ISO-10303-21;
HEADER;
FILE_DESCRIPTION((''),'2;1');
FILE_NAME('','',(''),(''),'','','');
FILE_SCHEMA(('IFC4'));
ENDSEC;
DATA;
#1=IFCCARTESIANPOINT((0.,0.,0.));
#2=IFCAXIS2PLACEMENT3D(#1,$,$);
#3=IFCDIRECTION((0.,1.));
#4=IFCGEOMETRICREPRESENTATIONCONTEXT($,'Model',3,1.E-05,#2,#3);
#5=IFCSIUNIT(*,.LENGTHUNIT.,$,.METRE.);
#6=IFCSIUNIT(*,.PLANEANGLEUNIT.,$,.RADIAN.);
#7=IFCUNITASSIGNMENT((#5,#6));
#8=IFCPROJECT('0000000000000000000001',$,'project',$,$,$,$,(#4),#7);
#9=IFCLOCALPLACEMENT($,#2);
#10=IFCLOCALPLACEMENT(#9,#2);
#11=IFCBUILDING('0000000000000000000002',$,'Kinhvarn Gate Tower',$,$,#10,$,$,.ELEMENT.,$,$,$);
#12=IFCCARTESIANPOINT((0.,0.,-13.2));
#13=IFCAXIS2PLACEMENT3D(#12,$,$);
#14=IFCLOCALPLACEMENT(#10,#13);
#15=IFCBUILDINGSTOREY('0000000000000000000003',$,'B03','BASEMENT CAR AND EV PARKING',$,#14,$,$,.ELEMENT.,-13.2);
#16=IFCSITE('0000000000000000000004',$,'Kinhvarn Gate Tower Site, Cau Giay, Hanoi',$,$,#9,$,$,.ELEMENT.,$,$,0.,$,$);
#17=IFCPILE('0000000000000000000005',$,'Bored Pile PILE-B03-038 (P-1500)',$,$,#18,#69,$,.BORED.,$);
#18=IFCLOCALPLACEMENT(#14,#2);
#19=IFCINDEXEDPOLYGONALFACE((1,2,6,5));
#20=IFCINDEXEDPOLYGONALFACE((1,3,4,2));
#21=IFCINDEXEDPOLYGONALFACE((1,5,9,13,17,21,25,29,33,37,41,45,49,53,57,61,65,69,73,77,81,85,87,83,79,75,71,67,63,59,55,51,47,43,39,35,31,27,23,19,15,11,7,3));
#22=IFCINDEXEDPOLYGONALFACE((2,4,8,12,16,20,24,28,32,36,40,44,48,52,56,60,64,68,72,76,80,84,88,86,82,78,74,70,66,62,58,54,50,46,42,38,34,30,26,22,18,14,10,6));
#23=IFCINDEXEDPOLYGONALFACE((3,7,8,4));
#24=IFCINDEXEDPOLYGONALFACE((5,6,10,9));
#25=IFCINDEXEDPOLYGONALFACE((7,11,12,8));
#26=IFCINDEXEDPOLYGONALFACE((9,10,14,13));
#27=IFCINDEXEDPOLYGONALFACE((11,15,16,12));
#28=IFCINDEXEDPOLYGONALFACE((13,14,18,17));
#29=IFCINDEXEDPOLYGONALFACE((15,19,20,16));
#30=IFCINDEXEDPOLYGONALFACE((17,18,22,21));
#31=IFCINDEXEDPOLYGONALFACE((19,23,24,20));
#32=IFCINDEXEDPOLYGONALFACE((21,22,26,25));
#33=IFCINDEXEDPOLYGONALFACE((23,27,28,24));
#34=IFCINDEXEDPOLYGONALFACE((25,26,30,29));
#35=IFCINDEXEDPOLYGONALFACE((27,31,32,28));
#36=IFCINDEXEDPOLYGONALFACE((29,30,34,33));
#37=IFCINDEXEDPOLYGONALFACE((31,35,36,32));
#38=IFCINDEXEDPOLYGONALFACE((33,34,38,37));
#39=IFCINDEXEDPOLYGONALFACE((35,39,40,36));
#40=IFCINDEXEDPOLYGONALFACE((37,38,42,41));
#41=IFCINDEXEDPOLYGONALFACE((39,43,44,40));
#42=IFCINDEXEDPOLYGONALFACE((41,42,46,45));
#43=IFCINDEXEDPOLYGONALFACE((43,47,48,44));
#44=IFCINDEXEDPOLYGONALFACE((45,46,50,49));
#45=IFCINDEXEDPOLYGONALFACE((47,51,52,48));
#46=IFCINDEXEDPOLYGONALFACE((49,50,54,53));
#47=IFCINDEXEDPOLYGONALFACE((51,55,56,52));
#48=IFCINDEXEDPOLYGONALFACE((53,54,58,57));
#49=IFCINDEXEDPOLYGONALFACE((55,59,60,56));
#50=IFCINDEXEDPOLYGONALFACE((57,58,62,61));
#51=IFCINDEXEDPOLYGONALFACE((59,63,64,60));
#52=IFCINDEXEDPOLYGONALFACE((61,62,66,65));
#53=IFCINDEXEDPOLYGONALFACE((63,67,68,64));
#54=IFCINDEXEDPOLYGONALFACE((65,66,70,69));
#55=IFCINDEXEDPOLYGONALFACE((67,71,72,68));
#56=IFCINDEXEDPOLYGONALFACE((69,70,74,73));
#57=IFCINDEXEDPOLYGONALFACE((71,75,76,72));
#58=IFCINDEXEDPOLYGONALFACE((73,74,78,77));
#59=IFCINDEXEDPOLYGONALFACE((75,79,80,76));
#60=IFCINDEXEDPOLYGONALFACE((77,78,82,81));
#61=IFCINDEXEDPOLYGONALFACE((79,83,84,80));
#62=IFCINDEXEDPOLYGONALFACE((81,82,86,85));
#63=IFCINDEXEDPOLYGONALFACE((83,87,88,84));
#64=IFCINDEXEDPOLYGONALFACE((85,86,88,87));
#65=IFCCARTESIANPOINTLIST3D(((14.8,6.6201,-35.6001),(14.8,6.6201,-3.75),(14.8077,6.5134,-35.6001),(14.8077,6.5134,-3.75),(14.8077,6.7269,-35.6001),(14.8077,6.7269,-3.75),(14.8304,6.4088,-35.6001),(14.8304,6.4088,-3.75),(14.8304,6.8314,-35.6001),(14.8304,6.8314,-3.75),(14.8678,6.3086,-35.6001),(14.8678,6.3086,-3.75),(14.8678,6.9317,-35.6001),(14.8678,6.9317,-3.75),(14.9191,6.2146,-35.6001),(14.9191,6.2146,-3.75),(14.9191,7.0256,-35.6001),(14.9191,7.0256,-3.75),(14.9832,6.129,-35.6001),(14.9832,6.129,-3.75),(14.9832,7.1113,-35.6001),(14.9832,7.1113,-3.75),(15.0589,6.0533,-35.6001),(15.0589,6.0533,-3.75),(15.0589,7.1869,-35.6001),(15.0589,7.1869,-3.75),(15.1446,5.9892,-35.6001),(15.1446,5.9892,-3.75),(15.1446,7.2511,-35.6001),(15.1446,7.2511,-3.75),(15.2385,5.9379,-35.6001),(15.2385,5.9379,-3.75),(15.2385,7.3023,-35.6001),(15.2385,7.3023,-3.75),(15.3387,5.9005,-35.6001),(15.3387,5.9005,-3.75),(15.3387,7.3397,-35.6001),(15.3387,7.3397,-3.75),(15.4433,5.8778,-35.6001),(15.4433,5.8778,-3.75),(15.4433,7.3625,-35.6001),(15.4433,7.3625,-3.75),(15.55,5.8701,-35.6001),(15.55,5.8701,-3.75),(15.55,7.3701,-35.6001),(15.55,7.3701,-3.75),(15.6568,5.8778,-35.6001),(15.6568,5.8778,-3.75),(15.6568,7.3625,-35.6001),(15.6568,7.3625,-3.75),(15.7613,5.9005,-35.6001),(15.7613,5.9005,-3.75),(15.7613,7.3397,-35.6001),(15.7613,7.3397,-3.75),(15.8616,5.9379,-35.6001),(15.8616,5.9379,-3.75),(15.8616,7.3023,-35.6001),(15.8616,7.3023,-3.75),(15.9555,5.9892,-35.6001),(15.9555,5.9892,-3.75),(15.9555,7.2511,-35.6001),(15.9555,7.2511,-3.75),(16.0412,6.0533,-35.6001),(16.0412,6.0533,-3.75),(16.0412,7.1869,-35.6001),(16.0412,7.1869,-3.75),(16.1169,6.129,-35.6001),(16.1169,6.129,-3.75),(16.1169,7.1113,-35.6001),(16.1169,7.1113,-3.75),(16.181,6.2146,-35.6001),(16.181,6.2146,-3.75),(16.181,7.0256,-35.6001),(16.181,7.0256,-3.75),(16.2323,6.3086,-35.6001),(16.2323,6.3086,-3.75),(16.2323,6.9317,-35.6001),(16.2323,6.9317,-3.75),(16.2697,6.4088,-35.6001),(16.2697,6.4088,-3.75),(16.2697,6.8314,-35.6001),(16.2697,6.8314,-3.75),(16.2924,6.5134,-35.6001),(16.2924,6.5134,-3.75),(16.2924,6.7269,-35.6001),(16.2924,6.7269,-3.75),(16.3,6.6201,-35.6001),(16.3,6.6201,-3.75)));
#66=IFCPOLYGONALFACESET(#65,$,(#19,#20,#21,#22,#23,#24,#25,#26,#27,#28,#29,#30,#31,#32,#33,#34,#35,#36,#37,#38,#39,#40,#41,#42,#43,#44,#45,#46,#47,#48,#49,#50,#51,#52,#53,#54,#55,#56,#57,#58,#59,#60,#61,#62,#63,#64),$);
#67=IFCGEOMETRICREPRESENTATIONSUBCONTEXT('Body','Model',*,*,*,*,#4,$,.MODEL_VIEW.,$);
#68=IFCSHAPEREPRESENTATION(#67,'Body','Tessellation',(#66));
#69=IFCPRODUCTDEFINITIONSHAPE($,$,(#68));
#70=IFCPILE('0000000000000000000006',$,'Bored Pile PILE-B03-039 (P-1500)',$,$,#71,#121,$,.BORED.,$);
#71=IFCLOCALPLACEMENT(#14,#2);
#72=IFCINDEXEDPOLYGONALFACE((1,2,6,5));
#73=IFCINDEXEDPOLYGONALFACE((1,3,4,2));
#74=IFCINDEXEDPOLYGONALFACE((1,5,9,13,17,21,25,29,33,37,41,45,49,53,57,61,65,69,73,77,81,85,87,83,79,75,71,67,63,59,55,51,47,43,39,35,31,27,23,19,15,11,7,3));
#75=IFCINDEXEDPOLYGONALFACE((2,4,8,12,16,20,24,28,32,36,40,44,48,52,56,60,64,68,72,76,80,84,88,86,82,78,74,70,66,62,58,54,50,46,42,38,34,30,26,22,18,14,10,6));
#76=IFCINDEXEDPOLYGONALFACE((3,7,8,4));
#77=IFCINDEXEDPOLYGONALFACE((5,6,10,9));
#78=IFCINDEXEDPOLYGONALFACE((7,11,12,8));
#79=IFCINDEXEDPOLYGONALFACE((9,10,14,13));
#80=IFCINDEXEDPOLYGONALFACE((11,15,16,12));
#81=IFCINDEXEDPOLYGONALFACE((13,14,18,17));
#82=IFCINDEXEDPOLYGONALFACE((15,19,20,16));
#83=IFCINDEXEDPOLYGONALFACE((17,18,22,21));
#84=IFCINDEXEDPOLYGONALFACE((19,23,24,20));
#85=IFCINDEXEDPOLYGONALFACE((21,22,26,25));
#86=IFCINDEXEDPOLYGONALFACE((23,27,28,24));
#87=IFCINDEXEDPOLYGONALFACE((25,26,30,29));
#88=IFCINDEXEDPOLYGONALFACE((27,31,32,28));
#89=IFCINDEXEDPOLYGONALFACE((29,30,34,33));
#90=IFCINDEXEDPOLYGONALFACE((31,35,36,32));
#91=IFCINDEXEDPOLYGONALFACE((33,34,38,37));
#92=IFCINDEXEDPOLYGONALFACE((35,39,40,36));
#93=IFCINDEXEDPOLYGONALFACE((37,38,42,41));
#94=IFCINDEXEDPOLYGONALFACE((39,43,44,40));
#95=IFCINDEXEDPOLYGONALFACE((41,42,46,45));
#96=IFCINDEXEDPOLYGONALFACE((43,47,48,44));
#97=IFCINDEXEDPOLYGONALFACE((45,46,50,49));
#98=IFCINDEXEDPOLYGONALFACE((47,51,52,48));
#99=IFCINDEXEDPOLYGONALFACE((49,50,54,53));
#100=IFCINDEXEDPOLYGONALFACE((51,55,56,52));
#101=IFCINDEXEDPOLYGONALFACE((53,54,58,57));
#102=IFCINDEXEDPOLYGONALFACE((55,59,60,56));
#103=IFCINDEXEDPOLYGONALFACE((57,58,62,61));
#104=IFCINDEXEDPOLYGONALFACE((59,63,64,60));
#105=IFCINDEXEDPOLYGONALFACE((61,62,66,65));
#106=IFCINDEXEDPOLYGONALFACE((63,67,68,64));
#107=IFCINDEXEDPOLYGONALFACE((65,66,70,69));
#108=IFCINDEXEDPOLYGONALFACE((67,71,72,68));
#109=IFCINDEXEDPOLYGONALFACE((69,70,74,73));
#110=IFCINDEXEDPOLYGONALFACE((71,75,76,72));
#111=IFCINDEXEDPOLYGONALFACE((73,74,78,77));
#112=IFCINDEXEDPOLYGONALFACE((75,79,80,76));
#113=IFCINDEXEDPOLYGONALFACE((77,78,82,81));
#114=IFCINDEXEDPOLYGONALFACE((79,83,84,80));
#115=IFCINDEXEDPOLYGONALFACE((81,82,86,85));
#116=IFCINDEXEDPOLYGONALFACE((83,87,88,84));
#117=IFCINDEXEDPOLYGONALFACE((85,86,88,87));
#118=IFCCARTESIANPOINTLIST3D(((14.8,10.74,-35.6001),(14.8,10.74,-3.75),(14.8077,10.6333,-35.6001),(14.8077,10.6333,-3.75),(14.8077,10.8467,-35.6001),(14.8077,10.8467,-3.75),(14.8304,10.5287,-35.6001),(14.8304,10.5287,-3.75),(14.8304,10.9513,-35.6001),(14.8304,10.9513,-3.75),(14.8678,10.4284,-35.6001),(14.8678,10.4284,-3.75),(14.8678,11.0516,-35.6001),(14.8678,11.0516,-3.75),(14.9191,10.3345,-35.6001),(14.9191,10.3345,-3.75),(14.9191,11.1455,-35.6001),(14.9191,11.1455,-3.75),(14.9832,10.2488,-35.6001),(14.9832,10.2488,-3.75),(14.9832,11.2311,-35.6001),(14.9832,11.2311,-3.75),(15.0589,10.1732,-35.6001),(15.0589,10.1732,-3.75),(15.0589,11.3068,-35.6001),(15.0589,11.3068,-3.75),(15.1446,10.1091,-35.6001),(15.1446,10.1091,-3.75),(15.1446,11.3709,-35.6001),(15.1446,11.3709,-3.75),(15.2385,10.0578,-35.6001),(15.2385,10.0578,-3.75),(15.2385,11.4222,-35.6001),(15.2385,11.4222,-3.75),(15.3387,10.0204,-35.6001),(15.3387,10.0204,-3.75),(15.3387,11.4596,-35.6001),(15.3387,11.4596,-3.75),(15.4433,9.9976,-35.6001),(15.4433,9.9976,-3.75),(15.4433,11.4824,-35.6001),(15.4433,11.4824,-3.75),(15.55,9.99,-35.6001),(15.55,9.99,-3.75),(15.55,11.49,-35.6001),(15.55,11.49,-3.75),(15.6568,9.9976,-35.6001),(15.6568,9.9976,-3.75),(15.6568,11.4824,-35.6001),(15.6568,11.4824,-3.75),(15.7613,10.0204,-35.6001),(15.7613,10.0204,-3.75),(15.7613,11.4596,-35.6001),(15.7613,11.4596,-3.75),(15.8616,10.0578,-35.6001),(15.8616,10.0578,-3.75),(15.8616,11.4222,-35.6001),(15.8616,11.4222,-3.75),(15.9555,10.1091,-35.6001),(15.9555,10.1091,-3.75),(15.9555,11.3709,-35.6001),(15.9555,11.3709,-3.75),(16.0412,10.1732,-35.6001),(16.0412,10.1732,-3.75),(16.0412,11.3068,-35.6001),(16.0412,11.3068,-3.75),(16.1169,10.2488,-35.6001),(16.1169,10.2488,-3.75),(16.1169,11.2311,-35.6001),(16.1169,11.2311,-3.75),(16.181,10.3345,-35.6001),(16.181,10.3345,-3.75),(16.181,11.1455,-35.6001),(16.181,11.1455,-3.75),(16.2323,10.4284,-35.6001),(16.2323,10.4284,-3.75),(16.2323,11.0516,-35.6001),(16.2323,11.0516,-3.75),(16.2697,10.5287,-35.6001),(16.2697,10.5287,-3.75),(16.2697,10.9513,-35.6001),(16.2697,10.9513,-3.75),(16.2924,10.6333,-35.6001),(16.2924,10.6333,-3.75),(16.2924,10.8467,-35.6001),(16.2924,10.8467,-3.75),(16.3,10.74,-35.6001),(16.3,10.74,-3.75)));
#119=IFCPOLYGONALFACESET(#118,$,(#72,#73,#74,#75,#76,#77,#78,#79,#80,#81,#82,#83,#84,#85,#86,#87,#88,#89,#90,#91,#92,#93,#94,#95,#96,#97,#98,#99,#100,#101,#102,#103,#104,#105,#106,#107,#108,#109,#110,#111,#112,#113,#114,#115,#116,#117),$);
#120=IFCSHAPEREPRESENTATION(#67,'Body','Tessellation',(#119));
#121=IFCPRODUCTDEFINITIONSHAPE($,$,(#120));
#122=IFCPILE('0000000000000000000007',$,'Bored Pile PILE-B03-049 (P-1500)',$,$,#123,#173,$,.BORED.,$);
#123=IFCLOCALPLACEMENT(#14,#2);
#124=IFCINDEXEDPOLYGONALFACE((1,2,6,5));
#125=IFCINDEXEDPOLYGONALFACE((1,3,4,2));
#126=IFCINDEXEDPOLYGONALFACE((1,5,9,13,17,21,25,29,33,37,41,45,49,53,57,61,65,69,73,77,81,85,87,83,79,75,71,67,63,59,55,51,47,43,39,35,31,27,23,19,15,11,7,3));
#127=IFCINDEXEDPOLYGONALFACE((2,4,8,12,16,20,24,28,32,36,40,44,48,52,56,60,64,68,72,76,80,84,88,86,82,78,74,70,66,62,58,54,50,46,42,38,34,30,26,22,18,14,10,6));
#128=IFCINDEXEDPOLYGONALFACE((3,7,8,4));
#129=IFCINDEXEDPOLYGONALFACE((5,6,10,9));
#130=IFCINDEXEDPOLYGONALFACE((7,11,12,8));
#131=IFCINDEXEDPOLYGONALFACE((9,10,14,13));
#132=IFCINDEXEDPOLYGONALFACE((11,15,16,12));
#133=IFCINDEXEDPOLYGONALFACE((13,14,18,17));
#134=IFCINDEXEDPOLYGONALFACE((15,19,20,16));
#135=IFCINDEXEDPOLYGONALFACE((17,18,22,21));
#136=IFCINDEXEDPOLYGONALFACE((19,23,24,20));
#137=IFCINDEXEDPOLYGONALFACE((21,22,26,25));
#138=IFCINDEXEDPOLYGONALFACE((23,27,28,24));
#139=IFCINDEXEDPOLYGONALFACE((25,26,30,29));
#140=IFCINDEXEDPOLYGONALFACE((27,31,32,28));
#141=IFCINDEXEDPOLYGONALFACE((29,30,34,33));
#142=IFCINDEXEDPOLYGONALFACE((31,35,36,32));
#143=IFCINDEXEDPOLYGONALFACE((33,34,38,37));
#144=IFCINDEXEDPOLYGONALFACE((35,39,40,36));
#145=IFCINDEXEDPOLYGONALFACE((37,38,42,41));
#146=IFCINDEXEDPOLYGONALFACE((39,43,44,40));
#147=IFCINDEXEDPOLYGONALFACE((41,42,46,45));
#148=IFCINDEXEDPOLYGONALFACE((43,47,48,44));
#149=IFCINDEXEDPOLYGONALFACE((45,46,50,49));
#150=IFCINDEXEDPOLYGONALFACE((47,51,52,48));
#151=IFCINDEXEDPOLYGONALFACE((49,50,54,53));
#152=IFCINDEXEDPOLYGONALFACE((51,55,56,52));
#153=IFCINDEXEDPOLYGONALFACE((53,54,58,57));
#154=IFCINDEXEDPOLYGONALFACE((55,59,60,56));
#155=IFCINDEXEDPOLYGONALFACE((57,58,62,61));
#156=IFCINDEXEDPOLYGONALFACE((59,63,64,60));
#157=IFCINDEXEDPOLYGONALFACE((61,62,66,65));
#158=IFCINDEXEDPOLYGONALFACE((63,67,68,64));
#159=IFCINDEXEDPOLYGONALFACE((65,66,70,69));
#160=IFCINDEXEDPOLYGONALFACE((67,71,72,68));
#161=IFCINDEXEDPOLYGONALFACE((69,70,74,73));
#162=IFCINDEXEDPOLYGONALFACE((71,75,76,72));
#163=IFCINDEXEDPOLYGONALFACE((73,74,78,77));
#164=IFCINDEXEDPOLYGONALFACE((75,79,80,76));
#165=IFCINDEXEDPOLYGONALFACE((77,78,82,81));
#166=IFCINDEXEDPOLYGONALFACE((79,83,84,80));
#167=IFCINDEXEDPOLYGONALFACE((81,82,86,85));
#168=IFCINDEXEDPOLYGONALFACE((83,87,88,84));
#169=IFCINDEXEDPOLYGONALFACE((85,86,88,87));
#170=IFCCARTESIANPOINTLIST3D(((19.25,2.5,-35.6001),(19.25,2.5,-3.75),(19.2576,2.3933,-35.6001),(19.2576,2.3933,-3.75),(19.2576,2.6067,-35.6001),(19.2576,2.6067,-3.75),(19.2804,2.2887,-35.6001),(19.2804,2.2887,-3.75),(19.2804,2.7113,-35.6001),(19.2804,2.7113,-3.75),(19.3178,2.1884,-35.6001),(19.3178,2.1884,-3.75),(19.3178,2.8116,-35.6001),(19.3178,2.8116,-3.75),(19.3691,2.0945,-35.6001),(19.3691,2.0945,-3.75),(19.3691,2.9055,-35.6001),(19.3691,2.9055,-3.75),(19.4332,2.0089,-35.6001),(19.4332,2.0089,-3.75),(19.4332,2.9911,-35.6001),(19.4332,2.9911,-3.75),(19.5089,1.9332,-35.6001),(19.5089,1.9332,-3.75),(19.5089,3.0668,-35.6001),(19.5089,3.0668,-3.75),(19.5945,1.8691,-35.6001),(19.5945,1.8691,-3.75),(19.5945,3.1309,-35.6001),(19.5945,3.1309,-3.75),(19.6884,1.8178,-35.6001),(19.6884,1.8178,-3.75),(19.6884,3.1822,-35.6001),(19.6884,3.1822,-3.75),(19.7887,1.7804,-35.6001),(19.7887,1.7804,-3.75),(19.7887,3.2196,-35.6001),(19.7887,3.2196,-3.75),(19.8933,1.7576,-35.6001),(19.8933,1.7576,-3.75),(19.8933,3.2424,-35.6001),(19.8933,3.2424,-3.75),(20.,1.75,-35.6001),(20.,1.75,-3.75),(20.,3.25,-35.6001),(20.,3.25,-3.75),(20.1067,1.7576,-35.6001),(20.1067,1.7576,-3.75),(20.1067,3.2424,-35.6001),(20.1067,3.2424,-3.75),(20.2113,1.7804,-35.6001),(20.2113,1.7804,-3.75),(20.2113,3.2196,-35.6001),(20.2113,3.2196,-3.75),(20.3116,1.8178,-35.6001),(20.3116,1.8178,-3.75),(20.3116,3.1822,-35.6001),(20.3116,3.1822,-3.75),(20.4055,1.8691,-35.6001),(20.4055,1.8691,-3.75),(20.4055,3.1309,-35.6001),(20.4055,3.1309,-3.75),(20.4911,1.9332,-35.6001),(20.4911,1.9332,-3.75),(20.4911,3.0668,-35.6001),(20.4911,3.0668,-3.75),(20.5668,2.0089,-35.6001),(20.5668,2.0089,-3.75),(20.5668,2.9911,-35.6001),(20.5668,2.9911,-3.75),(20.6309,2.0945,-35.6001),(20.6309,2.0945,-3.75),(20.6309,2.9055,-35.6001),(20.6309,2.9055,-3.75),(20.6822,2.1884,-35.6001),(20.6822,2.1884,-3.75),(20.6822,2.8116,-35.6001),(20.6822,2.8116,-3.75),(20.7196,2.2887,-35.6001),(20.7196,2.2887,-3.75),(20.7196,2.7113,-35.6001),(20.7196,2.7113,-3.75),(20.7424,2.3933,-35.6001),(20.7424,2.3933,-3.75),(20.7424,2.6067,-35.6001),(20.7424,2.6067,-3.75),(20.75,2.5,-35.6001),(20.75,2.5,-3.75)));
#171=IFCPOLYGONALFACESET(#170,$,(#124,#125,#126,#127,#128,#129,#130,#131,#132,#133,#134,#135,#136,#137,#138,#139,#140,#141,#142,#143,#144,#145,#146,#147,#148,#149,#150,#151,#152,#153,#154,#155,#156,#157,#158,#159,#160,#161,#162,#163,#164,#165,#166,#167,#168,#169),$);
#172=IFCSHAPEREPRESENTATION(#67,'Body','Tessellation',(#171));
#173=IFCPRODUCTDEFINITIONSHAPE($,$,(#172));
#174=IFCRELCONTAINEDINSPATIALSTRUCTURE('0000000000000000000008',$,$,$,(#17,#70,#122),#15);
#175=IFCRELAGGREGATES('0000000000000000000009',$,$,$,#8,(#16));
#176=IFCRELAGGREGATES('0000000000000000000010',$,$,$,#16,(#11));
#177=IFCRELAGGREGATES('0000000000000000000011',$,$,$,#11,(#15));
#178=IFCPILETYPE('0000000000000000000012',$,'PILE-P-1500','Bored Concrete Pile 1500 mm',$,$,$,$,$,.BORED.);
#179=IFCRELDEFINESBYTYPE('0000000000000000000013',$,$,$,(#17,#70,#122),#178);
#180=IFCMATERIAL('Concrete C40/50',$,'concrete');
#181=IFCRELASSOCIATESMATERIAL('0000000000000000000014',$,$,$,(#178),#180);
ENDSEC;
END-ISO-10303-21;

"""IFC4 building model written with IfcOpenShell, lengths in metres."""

from ifc_helpers import new_model, si_unit, direction, frame, origin, origin_2d, place, context, subcontext, project, spatial, circle, extrude, material, material_profile, profile_set, type_object, element, save


model = new_model("IFC4")

# Units and contexts
model_context = context("Model", 3, precision=1e-05, world=origin(), true_north=direction((0.0, 1.0)))
body_context = subcontext(model_context, "Body", "Model", "MODEL_VIEW")
ifc_project = project(units=[si_unit("LENGTHUNIT", "METRE"), si_unit("PLANEANGLEUNIT", "RADIAN")], contexts=[model_context])

# Site, building, storey
site_placement = place(None, origin())
site = spatial("IfcSite", under=ifc_project, at=site_placement, Name="Kinhvarn Gate Tower Site, Cau Giay, Hanoi", CompositionType="ELEMENT", RefElevation=0.0)
building_placement = place(site_placement, origin())
building = spatial("IfcBuilding", under=site, at=building_placement, Name="Kinhvarn Gate Tower", CompositionType="ELEMENT")
storey_placement = place(building_placement, frame((0.0, 0.0, -13.2)))
storey = spatial("IfcBuildingStorey", under=building, at=storey_placement, Name="B03", Description="BASEMENT CAR AND EV PARKING", CompositionType="ELEMENT", Elevation=-13.2)

# Piles
ifc_material = material(Name="Concrete C40/50", Category="concrete")
ifc_material_profile_1 = material_profile(ifc_material, circle(Radius=0.75, at=origin_2d()), Name="PILE D1500")
ifc_profile_set_1 = profile_set([ifc_material_profile_1], Name="Concrete C40/50")
pile_type_1 = type_object("IfcPileType", Name="PILE-P-1500", Description="Bored Concrete Pile 1500 mm", PredefinedType="BORED", material=ifc_profile_set_1)
for number, where, z_axis, x_axis, name in (
    (1, (15.55, 6.6201, -35.6001), (0.0, 0.0, 1.0), (1.0, 0.0, 0.0), "Bored Pile PILE-B03-038 (P-1500)"),
    (2, (15.55, 10.74, -35.6001), (0.0, 0.0, 1.0), (1.0, 0.0, 0.0), "Bored Pile PILE-B03-039 (P-1500)"),
    (3, (20.0, 2.5, -35.6001), (0.0, 0.0, 1.0), (1.0, 0.0, 0.0), "Bored Pile PILE-B03-049 (P-1500)"),
):
    element("IfcPile", number, at=place(storey_placement, frame(where, z_axis=z_axis, x_axis=x_axis)), inside=storey, type_object=pile_type_1, Name=name, PredefinedType="BORED", context=body_context, shape_type="SweptSolid", body=[
        extrude(circle(Radius=0.75, at=origin_2d()), origin(), (0.0, 0.0, 1.0), 31.8501),
    ])

save(model, "model.ifc")
